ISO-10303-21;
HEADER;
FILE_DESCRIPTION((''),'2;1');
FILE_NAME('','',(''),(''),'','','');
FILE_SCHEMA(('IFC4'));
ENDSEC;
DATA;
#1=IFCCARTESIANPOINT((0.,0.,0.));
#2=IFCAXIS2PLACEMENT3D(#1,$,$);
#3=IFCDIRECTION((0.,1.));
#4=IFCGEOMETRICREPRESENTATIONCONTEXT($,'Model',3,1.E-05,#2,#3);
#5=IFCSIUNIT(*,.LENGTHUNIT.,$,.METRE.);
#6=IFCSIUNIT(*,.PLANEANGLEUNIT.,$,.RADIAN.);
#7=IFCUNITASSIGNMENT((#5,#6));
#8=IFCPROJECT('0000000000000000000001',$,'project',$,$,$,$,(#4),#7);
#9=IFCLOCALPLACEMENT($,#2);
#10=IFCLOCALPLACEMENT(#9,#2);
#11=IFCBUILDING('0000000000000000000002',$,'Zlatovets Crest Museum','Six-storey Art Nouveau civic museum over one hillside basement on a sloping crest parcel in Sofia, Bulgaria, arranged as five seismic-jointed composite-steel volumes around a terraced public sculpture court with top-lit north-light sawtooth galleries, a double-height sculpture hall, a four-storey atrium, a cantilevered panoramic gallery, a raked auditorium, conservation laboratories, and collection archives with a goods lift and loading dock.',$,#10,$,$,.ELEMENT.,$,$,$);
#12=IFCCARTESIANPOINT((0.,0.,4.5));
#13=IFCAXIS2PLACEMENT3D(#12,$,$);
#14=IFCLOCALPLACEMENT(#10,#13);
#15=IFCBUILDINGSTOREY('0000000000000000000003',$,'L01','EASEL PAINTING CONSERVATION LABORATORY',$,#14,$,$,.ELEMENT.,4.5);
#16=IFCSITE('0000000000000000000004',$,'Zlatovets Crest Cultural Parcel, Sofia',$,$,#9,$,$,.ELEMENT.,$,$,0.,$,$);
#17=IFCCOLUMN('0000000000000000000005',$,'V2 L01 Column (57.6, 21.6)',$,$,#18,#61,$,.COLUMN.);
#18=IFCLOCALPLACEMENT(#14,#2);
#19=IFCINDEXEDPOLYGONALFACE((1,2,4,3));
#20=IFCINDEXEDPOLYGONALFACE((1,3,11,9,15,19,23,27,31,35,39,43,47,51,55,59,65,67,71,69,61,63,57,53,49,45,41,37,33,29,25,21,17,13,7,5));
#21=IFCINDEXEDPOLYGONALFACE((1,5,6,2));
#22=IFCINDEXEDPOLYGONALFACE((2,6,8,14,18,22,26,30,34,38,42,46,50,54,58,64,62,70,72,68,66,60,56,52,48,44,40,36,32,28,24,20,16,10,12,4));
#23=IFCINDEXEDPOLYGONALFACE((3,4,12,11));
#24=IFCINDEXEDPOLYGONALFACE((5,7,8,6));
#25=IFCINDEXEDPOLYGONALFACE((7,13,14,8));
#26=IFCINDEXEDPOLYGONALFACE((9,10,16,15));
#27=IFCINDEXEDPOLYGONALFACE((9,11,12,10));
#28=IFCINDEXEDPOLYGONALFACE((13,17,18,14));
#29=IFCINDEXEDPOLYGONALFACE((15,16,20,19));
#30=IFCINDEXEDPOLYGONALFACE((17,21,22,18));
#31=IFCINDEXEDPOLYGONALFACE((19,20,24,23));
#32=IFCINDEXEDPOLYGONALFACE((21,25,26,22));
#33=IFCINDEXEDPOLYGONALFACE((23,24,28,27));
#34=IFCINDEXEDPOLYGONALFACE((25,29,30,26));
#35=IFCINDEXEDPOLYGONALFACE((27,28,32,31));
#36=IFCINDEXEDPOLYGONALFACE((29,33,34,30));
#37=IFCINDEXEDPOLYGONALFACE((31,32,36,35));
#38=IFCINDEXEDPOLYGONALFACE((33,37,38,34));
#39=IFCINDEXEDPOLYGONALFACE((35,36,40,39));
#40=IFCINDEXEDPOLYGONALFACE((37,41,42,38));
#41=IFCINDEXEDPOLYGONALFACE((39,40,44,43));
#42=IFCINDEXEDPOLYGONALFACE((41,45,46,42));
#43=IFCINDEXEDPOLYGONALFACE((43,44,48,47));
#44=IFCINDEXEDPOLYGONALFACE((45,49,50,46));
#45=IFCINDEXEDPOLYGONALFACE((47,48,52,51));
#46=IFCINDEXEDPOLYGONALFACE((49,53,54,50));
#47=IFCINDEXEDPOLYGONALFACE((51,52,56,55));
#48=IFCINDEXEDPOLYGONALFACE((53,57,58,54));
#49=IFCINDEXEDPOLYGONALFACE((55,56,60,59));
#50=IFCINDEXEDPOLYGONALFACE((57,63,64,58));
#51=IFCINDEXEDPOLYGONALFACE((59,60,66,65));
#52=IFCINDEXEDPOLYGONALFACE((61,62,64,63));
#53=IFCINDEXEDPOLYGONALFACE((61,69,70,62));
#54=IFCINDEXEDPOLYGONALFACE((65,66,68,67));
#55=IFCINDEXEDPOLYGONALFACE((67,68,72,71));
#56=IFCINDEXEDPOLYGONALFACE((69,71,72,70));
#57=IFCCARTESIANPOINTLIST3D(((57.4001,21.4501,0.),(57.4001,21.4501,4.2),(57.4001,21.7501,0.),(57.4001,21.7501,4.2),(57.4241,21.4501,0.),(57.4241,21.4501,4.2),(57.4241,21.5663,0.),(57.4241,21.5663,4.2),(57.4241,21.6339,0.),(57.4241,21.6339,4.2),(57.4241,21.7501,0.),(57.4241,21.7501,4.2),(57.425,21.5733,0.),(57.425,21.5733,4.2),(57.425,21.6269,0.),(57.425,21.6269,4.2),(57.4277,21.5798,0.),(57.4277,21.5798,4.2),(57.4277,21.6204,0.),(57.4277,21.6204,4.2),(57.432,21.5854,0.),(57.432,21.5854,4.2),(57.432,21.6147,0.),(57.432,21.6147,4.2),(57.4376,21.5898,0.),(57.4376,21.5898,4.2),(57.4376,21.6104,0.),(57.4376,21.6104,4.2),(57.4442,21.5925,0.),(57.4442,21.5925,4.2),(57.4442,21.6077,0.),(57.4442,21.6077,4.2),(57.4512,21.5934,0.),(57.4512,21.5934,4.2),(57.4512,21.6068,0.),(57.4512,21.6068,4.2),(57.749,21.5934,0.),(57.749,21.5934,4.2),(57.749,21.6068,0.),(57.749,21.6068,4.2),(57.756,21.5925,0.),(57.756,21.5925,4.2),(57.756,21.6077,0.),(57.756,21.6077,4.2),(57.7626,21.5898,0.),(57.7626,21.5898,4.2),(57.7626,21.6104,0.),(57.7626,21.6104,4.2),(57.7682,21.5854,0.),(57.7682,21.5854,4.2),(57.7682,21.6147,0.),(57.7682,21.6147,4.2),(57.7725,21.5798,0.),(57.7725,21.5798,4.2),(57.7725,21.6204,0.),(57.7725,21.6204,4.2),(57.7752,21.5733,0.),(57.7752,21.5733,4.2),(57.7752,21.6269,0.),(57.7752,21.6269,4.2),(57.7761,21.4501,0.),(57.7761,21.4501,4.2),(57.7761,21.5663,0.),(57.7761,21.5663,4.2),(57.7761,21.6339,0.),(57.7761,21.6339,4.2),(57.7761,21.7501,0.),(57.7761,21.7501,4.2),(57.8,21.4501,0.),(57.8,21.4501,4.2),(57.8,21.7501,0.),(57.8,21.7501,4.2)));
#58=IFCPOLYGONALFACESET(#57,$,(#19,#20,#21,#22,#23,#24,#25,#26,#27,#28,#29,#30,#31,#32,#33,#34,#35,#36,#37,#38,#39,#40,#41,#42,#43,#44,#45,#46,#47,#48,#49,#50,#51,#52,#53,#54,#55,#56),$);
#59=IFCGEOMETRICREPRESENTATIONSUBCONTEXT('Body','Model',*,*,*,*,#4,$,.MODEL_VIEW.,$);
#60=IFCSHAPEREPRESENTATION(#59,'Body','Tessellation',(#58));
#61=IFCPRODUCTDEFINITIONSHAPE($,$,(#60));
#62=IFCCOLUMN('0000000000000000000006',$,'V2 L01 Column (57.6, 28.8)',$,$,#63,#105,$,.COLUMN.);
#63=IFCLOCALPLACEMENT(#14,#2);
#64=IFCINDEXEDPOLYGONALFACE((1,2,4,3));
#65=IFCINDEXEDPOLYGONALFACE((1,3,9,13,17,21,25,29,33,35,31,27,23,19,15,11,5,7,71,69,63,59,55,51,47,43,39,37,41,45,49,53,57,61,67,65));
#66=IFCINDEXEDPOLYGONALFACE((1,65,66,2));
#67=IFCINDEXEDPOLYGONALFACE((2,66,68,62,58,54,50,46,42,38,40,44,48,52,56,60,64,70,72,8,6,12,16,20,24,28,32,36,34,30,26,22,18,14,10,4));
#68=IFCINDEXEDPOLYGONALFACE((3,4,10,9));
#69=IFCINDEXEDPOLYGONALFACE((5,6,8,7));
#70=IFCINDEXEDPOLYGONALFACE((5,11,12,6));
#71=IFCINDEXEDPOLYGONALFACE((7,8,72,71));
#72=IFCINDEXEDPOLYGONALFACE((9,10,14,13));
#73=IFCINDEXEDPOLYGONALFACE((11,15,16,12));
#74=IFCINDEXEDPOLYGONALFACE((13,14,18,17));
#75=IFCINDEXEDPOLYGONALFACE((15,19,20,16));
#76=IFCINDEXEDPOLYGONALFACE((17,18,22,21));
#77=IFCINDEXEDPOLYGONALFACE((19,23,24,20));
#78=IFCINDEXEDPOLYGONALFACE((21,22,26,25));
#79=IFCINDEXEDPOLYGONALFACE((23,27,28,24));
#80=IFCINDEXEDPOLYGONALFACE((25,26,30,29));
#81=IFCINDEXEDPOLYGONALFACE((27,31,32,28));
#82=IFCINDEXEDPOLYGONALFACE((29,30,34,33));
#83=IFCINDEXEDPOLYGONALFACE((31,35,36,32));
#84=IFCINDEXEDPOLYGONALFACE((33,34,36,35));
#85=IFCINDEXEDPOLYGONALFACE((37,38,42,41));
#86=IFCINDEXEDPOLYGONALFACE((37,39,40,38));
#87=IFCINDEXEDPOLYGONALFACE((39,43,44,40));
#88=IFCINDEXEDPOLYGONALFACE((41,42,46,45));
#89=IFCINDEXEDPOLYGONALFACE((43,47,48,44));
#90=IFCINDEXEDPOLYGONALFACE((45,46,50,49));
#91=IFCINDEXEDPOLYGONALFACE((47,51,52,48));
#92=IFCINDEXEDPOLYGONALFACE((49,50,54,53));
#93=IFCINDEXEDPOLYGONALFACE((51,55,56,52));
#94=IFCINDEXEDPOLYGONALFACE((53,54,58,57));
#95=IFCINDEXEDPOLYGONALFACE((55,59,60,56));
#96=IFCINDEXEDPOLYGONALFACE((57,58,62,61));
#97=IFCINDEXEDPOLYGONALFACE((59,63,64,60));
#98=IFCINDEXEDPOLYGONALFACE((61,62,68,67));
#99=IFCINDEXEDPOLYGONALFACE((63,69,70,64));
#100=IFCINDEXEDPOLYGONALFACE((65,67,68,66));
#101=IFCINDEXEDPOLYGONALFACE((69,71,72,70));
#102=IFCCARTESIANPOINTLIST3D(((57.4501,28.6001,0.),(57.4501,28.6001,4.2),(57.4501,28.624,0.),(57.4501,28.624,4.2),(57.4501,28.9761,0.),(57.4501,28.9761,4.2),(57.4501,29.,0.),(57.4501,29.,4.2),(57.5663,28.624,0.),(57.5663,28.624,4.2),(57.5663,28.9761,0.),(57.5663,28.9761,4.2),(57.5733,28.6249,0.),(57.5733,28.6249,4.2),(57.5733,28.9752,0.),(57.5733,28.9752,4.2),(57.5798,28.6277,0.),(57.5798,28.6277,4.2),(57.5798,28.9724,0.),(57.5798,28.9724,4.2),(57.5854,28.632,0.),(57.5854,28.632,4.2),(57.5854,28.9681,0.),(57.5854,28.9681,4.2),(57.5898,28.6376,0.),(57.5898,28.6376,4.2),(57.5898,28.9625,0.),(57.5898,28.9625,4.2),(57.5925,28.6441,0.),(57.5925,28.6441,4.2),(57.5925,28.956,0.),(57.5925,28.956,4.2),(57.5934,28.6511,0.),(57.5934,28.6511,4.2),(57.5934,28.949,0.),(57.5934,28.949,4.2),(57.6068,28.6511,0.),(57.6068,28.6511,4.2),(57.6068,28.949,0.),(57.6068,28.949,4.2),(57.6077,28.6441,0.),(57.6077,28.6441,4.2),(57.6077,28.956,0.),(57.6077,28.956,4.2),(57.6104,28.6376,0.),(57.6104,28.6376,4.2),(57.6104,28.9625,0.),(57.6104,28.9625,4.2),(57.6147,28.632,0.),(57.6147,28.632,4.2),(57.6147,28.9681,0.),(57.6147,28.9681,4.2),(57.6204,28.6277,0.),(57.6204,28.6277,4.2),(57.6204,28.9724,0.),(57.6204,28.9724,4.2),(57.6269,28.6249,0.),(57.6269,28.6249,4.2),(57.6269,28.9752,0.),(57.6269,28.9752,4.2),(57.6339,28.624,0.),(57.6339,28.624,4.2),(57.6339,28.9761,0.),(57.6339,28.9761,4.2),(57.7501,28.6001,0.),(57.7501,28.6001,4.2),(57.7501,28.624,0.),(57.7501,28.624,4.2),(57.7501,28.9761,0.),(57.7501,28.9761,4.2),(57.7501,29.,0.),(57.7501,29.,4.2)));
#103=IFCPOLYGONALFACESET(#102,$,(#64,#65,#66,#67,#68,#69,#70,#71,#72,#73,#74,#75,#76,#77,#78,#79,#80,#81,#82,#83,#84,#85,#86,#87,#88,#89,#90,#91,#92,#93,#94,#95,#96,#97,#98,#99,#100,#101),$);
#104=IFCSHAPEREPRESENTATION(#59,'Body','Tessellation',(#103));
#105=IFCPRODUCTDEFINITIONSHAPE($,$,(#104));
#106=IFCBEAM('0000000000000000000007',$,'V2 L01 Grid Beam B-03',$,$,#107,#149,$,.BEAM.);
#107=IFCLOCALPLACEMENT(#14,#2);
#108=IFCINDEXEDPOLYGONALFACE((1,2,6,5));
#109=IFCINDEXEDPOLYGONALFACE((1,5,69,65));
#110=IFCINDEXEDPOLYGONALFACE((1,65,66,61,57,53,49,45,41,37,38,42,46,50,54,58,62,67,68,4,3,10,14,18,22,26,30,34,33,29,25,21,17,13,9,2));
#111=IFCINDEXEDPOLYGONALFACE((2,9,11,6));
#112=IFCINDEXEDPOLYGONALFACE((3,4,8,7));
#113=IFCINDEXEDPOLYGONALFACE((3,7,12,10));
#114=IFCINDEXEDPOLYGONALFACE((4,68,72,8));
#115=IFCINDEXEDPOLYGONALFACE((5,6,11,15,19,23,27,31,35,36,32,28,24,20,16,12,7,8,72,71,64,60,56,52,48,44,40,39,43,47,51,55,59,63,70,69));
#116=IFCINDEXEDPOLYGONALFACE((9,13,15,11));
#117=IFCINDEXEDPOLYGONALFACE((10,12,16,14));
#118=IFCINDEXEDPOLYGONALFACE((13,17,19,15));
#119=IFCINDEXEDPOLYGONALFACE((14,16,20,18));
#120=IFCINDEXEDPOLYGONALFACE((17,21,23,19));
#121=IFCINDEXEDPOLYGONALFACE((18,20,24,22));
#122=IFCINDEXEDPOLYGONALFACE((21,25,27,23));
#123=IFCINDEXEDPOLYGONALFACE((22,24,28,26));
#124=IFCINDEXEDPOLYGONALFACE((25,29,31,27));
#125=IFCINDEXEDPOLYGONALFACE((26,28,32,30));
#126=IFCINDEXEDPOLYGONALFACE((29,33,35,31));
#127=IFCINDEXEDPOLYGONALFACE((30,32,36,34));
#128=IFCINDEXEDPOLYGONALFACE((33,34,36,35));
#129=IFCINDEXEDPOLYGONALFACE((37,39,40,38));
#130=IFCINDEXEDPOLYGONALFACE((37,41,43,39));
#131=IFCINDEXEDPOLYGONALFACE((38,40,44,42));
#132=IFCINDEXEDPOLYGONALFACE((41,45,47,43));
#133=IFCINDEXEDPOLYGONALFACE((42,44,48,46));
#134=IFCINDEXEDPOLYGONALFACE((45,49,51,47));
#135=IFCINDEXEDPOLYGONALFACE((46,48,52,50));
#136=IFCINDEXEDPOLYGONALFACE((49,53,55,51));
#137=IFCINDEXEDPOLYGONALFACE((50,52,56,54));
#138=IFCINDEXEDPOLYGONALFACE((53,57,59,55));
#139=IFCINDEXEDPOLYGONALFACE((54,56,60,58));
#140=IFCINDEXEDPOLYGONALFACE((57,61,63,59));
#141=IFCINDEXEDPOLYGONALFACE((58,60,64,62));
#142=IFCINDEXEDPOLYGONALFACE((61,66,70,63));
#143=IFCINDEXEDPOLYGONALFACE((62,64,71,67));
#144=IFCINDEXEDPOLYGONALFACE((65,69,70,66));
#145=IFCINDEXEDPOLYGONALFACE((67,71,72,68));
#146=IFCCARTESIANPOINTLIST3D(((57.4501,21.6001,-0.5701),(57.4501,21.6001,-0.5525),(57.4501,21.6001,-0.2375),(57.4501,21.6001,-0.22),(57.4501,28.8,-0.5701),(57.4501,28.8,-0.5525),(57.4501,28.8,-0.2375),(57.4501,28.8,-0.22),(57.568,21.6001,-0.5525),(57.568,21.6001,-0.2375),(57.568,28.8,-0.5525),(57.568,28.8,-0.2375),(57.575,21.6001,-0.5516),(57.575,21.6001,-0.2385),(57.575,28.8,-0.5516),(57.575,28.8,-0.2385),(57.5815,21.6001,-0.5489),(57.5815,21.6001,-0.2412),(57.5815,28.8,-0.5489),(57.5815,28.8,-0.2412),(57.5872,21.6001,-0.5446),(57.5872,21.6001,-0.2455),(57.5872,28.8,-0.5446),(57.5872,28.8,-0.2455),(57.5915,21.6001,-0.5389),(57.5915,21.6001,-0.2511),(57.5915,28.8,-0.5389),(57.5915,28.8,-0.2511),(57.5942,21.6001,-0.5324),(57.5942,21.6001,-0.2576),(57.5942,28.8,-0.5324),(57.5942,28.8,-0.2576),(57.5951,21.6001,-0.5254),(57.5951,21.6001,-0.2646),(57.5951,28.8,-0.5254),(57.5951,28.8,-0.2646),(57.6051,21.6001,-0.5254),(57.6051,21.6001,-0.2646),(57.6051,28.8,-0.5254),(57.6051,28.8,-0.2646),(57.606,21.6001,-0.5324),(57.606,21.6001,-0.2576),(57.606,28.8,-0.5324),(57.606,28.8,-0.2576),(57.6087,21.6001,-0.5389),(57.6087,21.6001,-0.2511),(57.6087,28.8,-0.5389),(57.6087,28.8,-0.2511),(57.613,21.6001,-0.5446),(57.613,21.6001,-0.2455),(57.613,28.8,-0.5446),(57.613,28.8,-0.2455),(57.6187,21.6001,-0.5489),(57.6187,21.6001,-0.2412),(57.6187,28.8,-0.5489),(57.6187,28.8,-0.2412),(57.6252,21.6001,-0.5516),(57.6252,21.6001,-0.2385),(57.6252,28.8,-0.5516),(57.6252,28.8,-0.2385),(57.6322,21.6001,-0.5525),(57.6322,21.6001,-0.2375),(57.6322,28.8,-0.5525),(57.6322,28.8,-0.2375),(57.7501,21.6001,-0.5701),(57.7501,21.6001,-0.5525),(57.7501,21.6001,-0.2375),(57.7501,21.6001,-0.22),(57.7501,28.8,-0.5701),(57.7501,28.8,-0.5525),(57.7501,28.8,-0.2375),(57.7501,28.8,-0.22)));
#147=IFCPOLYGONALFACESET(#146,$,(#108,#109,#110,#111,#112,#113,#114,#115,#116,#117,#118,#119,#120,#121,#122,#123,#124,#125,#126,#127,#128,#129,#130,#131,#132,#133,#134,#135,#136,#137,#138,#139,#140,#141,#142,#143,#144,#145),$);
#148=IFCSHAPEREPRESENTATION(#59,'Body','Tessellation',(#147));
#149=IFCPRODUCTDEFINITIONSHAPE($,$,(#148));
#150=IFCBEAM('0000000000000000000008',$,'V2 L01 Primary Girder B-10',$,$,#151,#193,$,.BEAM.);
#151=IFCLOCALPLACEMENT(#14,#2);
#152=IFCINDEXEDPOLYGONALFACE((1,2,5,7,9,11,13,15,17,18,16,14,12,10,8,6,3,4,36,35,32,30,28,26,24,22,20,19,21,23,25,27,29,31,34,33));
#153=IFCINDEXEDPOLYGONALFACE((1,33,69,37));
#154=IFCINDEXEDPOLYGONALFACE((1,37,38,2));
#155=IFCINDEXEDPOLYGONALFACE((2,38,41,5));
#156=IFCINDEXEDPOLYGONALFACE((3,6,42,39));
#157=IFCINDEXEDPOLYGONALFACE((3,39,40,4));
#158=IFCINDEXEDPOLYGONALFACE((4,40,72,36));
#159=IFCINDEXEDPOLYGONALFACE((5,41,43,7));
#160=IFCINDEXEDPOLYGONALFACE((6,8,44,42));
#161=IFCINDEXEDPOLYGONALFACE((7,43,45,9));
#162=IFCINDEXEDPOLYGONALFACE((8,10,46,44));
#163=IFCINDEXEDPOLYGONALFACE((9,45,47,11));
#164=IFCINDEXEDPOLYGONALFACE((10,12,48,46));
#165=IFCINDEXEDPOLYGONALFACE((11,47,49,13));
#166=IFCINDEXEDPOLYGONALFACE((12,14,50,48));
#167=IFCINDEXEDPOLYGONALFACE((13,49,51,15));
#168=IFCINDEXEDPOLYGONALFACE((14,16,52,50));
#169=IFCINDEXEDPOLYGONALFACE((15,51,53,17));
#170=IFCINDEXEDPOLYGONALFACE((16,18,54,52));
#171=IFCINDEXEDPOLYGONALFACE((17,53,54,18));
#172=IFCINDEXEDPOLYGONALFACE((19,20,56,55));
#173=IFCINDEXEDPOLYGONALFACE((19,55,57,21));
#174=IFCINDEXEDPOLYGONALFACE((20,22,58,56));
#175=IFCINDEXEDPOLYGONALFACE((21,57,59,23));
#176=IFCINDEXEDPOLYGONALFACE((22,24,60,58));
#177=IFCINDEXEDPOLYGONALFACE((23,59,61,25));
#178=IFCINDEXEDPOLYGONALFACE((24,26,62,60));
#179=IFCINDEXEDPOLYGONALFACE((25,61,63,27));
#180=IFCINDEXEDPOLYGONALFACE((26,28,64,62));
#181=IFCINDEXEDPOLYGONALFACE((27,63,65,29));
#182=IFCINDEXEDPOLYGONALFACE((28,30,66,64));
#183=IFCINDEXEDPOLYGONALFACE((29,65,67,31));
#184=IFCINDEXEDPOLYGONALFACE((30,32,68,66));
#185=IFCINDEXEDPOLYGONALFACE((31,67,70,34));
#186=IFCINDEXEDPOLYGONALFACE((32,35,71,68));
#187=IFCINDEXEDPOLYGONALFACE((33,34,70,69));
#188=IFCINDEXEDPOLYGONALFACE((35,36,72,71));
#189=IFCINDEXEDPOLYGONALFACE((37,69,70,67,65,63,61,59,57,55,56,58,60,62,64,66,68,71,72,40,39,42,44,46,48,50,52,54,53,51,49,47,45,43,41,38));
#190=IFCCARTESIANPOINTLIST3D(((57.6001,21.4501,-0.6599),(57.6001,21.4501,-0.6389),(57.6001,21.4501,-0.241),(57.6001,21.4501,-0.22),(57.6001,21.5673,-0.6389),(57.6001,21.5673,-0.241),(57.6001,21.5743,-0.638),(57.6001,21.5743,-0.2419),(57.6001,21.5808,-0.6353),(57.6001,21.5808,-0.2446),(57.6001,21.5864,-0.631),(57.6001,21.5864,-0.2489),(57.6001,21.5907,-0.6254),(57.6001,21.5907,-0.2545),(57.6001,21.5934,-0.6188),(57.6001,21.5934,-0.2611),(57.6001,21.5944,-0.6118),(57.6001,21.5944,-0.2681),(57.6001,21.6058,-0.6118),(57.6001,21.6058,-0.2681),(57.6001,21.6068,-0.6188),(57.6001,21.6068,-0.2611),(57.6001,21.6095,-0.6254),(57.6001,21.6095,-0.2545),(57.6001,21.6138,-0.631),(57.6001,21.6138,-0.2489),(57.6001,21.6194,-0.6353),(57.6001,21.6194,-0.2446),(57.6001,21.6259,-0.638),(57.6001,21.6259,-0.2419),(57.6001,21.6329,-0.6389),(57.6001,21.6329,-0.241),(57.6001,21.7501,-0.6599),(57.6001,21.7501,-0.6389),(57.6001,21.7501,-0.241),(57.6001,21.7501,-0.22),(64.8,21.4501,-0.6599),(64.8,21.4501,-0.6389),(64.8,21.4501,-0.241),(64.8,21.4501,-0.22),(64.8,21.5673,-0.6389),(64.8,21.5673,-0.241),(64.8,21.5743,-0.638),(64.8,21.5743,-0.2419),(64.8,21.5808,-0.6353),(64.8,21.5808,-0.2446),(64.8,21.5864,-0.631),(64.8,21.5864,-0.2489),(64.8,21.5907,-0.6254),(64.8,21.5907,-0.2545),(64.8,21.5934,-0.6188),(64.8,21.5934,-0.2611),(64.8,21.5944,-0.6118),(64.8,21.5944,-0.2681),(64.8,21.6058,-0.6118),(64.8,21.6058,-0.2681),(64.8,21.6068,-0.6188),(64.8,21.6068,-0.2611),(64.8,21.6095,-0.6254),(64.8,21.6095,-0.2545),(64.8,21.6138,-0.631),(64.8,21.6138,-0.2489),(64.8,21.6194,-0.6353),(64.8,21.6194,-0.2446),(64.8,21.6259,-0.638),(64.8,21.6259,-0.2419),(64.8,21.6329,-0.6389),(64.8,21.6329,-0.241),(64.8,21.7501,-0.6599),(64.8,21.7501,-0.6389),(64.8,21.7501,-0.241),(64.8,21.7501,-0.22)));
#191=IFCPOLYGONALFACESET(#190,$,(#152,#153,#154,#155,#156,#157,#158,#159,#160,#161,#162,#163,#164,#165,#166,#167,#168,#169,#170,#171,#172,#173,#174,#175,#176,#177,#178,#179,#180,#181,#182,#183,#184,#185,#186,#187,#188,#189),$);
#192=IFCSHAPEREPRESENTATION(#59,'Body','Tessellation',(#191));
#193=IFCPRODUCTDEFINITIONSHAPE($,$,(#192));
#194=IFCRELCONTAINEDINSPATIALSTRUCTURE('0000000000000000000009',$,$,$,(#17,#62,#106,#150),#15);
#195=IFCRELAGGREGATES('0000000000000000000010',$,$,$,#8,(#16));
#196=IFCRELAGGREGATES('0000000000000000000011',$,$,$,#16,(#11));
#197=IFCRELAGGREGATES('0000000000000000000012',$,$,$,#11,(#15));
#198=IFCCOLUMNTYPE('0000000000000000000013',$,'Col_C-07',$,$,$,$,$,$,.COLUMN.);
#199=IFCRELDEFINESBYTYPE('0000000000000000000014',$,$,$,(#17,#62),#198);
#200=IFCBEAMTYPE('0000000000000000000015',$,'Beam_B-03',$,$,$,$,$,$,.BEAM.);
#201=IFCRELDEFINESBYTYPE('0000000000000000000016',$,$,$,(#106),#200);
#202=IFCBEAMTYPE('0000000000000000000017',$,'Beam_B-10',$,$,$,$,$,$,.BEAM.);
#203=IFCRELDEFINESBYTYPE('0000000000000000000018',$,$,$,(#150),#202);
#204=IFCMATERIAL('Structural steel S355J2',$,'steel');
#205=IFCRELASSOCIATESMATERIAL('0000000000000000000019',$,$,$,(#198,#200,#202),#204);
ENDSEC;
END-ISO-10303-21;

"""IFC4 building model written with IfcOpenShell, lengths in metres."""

from ifc_helpers import new_model, si_unit, direction, frame, origin, origin_2d, place, context, subcontext, project, spatial, i_section, extrude, material, material_profile, profile_set, type_object, element, save


model = new_model("IFC4")

# Units and contexts
model_context = context("Model", 3, precision=1e-05, world=origin(), true_north=direction((0.0, 1.0)))
body_context = subcontext(model_context, "Body", "Model", "MODEL_VIEW")
ifc_project = project(units=[si_unit("LENGTHUNIT", "METRE"), si_unit("PLANEANGLEUNIT", "RADIAN")], contexts=[model_context])

# Site, building, storey
site_placement = place(None, origin())
site = spatial("IfcSite", under=ifc_project, at=site_placement, Name="Zlatovets Crest Cultural Parcel, Sofia", CompositionType="ELEMENT", RefElevation=0.0)
building_placement = place(site_placement, origin())
building = spatial("IfcBuilding", under=site, at=building_placement, Name="Zlatovets Crest Museum", Description="Six-storey Art Nouveau civic museum over one hillside basement on a sloping crest parcel in Sofia, Bulgaria, arranged as five seismic-jointed composite-steel volumes around a terraced public sculpture court with top-lit north-light sawtooth galleries, a double-height sculpture hall, a four-storey atrium, a cantilevered panoramic gallery, a raked auditorium, conservation laboratories, and collection archives with a goods lift and loading dock.", CompositionType="ELEMENT")
storey_placement = place(building_placement, frame((0.0, 0.0, 4.5)))
storey = spatial("IfcBuildingStorey", under=building, at=storey_placement, Name="L01", Description="EASEL PAINTING CONSERVATION LABORATORY", CompositionType="ELEMENT", Elevation=4.5)

# Columns
ifc_material_1 = material(Name="Structural steel S355J2", Category="steel")
ifc_material_profile_1 = material_profile(ifc_material_1, i_section(OverallWidth=0.3, OverallDepth=0.3999, WebThickness=0.0134, FlangeThickness=0.0239, FilletRadius=0.0271, at=origin_2d()), Name="HEB 400")
ifc_profile_set_1 = profile_set([ifc_material_profile_1], Name="Structural steel S355J2")
column_type = type_object("IfcColumnType", Name="Col_C-07", PredefinedType="COLUMN", material=ifc_profile_set_1)
for number, where, z_axis, x_axis, name in (
    (1, (57.6001, 21.6001, 0.0), (0.0, 0.0, 1.0), (0.0, 1.0, 0.0), "V2 L01 Column (57.6, 21.6)"),
    (2, (57.6001, 28.8, 0.0), (0.0, 0.0, 1.0), (1.0, 0.0, 0.0), "V2 L01 Column (57.6, 28.8)"),
):
    element("IfcColumn", number, at=place(storey_placement, frame(where, z_axis=z_axis, x_axis=x_axis)), inside=storey, type_object=column_type, Name=name, PredefinedType="COLUMN", context=body_context, shape_type="SweptSolid", body=[
        extrude(i_section(OverallWidth=0.3, OverallDepth=0.3999, WebThickness=0.0134, FlangeThickness=0.0239, FilletRadius=0.0271, at=origin_2d()), origin(), (0.0, 0.0, 1.0), 4.2),
    ])

# Beams
ifc_material_profile_2 = material_profile(ifc_material_1, i_section(OverallWidth=0.3, OverallDepth=0.3501, WebThickness=0.01, FlangeThickness=0.0176, FilletRadius=0.0271, at=origin_2d()), Name="HEA 360")
ifc_profile_set_2 = profile_set([ifc_material_profile_2], Name="Structural steel S355J2")
beam_type_1 = type_object("IfcBeamType", Name="Beam_B-03", PredefinedType="BEAM", material=ifc_profile_set_2)
beam_1_placement = place(storey_placement, frame((57.6001, 21.6001, -0.395), z_axis=(0.0, 1.0, 0.0), x_axis=(-1.0, 0.0, 0.0)))
element("IfcBeam", 3, at=beam_1_placement, inside=storey, type_object=beam_type_1, Name="V2 L01 Grid Beam B-03", PredefinedType="BEAM", context=body_context, shape_type="SweptSolid", body=[
    extrude(i_section(OverallWidth=0.3, OverallDepth=0.3501, WebThickness=0.01, FlangeThickness=0.0176, FilletRadius=0.0271, at=origin_2d()), origin(), (0.0, 0.0, 1.0), 7.2),
])
ifc_material_profile_3 = material_profile(ifc_material_1, i_section(OverallWidth=0.3, OverallDepth=0.4399, WebThickness=0.0115, FlangeThickness=0.021, FilletRadius=0.0271, at=origin_2d()), Name="HEA 450")
ifc_profile_set_3 = profile_set([ifc_material_profile_3], Name="Structural steel S355J2")
beam_type_2 = type_object("IfcBeamType", Name="Beam_B-10", PredefinedType="BEAM", material=ifc_profile_set_3)
for number, where, z_axis, x_axis, name in (
    (4, (57.6001, 21.6001, -0.4399), (1.0, 0.0, 0.0), (0.0, 1.0, 0.0), "V2 L01 Primary Girder B-10"),
):
    element("IfcBeam", number, at=place(storey_placement, frame(where, z_axis=z_axis, x_axis=x_axis)), inside=storey, type_object=beam_type_2, Name=name, PredefinedType="BEAM", context=body_context, shape_type="SweptSolid", body=[
        extrude(i_section(OverallWidth=0.3, OverallDepth=0.4399, WebThickness=0.0115, FlangeThickness=0.021, FilletRadius=0.0271, at=origin_2d()), origin(), (0.0, 0.0, 1.0), 7.2),
    ])

save(model, "model.ifc")
